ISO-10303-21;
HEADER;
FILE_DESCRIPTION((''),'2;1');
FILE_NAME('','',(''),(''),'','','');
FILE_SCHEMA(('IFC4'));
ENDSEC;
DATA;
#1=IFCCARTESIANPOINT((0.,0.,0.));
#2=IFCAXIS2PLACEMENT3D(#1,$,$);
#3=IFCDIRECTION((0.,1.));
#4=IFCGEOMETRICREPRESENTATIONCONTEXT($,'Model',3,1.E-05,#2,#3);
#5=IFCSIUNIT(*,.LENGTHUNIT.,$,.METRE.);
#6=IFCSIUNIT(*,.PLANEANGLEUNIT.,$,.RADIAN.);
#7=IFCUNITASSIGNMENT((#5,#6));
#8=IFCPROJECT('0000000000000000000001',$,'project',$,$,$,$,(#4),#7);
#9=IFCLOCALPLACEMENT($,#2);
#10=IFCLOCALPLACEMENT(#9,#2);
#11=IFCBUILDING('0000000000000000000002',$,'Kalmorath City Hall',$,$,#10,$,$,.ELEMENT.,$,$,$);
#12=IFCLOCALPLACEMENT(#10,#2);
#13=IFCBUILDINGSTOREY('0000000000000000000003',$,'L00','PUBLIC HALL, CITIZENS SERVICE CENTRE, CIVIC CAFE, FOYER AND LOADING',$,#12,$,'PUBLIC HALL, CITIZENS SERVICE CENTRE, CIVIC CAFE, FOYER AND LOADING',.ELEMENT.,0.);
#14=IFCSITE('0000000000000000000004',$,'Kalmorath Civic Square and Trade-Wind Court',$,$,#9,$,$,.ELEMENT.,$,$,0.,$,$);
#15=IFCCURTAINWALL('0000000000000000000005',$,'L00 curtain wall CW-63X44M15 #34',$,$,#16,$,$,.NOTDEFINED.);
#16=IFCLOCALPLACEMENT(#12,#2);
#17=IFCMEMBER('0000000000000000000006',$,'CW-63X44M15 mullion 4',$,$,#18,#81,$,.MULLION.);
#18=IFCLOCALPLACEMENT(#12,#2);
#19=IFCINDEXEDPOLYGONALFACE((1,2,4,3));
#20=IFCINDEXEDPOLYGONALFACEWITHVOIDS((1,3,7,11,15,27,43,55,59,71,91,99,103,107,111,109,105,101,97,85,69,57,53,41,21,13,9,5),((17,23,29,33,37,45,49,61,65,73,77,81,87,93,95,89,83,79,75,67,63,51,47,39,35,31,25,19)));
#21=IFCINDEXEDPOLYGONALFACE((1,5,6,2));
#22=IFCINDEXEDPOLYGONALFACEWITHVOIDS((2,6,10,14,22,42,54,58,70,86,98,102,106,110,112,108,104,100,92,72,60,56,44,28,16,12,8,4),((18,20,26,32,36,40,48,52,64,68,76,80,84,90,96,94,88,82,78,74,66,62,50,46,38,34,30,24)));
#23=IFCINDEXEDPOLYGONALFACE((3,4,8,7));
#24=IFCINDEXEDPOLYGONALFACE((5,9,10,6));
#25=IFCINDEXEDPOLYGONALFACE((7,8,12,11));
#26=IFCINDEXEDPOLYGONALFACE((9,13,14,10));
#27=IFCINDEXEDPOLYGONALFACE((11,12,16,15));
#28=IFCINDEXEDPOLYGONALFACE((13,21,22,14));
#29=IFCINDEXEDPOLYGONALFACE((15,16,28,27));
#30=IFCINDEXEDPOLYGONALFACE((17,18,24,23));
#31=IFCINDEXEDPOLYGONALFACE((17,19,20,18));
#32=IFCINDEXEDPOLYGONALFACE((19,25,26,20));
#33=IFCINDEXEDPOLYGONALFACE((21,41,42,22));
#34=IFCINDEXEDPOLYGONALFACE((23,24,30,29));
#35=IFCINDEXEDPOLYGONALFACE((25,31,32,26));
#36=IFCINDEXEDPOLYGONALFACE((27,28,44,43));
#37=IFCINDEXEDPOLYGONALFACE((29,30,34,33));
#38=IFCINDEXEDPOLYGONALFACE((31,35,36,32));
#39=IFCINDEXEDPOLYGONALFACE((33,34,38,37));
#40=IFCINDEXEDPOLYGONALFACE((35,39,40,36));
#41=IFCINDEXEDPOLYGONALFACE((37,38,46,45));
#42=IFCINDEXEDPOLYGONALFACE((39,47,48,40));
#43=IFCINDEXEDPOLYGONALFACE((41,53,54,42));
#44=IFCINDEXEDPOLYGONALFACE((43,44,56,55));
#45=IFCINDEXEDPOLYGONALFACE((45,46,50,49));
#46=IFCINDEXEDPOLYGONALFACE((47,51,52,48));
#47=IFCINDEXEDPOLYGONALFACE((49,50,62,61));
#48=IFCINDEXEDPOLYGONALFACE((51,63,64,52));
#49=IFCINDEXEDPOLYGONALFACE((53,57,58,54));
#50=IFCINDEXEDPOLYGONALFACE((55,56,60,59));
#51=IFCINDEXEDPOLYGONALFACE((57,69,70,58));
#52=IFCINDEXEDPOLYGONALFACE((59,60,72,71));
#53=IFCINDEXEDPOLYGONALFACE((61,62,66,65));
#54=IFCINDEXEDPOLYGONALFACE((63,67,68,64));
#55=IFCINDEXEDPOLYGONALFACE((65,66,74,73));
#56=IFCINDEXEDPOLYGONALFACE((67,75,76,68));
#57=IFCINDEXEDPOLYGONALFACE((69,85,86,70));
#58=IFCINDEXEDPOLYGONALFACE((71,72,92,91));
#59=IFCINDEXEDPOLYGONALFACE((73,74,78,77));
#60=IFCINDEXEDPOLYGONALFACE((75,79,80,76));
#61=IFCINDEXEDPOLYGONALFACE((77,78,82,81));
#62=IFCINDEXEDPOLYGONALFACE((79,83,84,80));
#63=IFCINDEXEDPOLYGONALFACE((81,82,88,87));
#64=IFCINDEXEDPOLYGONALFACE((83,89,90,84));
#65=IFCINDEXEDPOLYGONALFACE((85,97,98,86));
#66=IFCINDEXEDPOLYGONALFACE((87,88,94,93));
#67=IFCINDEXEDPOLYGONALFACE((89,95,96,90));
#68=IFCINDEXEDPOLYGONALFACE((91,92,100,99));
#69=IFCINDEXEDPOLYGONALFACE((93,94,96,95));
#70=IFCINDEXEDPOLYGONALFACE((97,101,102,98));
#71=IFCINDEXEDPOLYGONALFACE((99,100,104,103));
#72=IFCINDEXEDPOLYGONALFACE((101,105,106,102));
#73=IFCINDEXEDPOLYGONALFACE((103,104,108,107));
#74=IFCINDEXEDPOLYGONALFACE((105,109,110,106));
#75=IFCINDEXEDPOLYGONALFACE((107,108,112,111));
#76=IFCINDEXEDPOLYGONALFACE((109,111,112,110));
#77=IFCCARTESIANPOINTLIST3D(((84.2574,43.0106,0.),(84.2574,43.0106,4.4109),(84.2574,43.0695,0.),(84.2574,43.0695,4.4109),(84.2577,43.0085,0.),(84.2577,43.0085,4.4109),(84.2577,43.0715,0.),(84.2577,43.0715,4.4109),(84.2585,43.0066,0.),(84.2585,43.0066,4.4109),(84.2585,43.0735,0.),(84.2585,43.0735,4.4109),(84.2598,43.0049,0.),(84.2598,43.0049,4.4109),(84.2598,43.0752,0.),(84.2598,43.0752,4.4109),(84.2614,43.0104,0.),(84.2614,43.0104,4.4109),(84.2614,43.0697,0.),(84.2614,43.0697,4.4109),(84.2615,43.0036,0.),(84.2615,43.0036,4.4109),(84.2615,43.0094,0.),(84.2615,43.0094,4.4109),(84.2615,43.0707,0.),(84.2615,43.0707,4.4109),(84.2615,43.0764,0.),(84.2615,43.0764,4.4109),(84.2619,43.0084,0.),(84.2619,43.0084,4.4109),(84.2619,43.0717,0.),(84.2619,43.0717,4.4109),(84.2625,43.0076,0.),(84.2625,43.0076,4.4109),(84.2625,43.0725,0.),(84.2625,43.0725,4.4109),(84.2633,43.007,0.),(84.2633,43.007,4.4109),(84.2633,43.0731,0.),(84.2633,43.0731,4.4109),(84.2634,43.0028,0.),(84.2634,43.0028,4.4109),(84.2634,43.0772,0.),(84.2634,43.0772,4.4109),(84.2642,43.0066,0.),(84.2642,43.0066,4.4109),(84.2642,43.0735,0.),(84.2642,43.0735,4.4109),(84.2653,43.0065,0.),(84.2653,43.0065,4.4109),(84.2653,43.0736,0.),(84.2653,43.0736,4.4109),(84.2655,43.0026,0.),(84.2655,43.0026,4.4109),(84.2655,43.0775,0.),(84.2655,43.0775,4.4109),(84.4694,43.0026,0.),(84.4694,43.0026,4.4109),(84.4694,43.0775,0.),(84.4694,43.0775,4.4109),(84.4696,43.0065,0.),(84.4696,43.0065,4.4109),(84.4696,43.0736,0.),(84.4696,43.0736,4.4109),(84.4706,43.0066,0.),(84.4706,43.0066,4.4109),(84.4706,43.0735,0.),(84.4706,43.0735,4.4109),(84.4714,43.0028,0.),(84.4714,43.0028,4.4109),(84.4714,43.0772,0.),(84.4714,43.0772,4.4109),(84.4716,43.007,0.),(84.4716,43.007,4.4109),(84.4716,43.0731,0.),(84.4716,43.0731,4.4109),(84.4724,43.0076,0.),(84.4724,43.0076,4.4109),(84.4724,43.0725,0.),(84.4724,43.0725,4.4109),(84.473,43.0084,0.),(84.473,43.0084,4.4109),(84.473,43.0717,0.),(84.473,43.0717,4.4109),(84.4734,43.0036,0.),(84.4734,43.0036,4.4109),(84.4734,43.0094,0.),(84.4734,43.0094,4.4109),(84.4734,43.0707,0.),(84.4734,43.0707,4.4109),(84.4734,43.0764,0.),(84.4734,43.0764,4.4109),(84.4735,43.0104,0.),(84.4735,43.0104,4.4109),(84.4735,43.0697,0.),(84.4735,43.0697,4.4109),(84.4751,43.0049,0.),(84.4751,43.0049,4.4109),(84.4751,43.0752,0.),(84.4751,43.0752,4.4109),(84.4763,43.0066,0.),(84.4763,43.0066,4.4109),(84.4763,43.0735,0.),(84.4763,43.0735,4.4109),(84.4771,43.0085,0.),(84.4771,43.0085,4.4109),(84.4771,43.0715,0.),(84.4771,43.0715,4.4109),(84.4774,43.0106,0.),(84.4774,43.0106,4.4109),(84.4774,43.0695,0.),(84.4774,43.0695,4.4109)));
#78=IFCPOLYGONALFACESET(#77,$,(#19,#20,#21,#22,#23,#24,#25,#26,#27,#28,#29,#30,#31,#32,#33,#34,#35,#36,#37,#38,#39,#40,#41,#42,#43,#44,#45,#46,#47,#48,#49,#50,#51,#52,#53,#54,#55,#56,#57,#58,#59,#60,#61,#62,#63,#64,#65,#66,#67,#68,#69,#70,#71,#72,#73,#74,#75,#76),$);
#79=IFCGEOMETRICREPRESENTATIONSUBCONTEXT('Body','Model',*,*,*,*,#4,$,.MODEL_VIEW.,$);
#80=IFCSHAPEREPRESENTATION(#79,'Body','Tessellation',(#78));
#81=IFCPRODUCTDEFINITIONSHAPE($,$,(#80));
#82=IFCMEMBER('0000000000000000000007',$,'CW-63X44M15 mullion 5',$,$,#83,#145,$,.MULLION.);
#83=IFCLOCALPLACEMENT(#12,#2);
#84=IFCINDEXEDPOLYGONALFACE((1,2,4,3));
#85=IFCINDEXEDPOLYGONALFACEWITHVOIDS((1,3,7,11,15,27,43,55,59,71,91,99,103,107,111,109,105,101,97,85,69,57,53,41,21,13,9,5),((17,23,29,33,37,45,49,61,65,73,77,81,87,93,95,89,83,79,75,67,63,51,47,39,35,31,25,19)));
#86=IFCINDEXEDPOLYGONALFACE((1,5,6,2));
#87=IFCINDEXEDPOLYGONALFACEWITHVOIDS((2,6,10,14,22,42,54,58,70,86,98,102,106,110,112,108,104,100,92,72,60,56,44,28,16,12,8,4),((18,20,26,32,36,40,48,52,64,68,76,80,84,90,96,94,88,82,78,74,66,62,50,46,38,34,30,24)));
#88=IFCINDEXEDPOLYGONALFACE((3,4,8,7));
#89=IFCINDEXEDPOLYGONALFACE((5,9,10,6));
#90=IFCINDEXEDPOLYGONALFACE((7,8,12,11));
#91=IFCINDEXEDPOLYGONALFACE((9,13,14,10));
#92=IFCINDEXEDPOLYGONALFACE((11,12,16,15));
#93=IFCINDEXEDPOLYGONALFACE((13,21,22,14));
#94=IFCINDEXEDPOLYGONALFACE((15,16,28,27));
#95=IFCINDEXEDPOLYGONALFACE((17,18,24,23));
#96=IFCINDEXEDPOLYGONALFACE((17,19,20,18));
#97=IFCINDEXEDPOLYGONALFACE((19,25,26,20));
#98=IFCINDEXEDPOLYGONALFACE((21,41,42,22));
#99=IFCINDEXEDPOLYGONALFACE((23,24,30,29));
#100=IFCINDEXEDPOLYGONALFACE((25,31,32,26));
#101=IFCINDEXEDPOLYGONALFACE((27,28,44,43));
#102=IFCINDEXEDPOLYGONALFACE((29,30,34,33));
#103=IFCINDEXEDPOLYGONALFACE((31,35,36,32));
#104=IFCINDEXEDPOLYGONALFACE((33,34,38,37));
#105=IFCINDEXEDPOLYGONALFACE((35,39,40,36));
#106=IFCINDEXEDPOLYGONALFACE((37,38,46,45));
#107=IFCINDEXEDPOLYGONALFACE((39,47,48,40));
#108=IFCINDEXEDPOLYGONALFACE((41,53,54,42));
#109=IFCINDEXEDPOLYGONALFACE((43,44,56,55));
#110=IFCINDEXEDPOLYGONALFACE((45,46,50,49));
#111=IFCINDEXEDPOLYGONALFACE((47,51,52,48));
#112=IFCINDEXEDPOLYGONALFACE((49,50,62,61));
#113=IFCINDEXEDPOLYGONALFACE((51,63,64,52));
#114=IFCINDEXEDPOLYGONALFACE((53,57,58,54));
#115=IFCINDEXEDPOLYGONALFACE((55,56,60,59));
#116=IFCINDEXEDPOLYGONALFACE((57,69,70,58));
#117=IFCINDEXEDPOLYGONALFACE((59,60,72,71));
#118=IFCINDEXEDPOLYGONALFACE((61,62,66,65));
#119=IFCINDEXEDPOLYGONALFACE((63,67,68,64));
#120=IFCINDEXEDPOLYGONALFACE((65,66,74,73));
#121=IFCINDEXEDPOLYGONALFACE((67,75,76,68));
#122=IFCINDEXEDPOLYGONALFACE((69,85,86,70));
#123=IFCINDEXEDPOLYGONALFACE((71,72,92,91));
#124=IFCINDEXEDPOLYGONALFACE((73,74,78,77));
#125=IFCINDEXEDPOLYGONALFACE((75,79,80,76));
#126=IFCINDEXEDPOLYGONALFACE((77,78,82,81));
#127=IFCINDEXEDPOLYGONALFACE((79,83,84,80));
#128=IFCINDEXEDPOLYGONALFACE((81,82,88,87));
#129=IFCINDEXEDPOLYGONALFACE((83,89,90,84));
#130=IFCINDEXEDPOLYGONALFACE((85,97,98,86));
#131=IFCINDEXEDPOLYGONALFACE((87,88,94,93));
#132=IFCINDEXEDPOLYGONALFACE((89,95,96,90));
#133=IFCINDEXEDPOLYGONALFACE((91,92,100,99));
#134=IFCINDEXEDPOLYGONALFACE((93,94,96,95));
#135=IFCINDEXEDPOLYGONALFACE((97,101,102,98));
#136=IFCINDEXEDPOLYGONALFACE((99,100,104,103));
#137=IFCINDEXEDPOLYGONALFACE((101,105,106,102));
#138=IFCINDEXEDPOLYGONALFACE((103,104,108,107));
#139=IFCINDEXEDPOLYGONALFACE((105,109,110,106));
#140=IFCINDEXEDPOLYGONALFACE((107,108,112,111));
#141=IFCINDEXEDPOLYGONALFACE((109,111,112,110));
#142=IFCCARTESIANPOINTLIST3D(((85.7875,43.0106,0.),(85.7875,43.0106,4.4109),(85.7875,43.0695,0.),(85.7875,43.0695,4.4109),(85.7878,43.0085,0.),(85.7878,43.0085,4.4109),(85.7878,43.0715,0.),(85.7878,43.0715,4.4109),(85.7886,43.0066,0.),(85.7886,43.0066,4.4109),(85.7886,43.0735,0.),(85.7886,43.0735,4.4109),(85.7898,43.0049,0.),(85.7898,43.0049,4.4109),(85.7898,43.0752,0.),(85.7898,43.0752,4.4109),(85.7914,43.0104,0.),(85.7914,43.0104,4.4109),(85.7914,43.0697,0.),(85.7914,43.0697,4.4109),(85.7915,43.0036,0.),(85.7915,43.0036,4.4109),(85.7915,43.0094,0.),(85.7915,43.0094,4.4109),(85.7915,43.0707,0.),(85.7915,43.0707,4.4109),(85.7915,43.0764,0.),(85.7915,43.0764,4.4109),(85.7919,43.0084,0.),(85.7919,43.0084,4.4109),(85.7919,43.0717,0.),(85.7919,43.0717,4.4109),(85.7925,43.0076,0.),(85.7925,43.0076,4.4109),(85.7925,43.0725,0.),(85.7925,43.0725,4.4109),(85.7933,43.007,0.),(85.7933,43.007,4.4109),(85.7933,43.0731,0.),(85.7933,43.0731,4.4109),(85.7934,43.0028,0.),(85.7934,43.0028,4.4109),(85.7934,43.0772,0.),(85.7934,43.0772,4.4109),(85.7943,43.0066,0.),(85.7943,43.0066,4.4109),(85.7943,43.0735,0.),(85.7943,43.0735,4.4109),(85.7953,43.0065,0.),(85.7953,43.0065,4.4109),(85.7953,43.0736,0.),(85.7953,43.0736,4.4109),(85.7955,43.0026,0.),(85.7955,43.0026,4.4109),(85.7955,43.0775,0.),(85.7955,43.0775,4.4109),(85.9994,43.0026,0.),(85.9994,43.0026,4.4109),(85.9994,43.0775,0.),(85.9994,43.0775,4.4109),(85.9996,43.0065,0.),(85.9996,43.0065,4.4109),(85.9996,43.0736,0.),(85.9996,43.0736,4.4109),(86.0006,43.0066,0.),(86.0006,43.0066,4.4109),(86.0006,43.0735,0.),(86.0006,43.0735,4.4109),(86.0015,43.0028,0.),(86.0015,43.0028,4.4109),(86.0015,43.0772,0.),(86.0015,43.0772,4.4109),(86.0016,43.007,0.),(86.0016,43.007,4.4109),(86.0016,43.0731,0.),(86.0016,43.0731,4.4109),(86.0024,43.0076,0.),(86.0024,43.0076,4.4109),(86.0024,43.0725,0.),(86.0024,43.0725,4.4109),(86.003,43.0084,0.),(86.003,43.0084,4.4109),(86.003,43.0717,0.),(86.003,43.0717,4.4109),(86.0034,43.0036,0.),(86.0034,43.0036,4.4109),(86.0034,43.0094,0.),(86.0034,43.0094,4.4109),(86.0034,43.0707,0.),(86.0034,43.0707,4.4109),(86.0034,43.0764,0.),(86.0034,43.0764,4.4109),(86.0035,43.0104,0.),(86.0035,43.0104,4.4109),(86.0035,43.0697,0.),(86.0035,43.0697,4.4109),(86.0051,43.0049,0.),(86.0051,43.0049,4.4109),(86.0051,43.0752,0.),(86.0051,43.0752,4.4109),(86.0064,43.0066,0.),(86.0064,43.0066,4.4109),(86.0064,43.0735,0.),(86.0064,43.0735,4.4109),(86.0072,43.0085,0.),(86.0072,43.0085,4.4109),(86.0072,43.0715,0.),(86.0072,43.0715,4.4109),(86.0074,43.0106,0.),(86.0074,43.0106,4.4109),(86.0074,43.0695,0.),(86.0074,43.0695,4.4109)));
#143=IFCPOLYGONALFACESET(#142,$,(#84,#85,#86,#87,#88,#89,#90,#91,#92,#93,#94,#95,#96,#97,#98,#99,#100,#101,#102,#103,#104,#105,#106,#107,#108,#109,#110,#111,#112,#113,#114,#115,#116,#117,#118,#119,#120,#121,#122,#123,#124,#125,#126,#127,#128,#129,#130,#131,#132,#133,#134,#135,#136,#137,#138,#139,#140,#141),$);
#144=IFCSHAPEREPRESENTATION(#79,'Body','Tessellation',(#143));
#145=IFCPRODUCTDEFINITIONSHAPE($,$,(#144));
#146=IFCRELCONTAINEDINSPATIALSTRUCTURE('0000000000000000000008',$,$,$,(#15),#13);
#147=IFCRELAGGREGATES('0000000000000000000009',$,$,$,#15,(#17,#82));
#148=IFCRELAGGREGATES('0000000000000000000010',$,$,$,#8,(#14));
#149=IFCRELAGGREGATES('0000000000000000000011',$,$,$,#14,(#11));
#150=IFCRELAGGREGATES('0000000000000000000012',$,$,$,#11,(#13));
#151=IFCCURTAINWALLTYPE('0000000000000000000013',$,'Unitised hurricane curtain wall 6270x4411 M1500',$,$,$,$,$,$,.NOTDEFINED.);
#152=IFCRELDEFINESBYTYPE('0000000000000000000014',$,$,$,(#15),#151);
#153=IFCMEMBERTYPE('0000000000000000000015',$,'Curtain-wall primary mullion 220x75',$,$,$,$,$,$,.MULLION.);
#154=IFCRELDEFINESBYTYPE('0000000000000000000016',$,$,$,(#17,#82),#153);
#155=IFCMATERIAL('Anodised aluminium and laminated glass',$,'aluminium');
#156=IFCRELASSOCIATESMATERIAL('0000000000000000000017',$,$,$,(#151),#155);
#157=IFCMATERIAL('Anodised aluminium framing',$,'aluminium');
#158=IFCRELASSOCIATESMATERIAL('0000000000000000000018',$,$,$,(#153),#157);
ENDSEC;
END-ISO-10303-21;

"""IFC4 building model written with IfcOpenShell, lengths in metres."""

from ifc_helpers import new_model, si_unit, direction, frame, origin, origin_2d, place, context, subcontext, project, spatial, hollow_rectangle, extrude, material, material_profile, profile_set, type_object, element, aggregate, save


model = new_model("IFC4")

# Units and contexts
model_context = context("Model", 3, precision=1e-05, world=origin(), true_north=direction((0.0, 1.0)))
body_context = subcontext(model_context, "Body", "Model", "MODEL_VIEW")
ifc_project = project(units=[si_unit("LENGTHUNIT", "METRE"), si_unit("PLANEANGLEUNIT", "RADIAN")], contexts=[model_context])

# Site, building, storey
site_placement = place(None, origin())
site = spatial("IfcSite", under=ifc_project, at=site_placement, Name="Kalmorath Civic Square and Trade-Wind Court", CompositionType="ELEMENT", RefElevation=0.0)
building_placement = place(site_placement, origin())
building = spatial("IfcBuilding", under=site, at=building_placement, Name="Kalmorath City Hall", CompositionType="ELEMENT")
storey_placement = place(building_placement, origin())
storey = spatial("IfcBuildingStorey", under=building, at=storey_placement, Name="L00", Description="PUBLIC HALL, CITIZENS SERVICE CENTRE, CIVIC CAFE, FOYER AND LOADING", LongName="PUBLIC HALL, CITIZENS SERVICE CENTRE, CIVIC CAFE, FOYER AND LOADING", CompositionType="ELEMENT", Elevation=0.0)

# Curtain wall, members
ifc_material_1 = material(Name="Anodised aluminium and laminated glass", Category="aluminium")
curtain_wall_type = type_object("IfcCurtainWallType", Name="Unitised hurricane curtain wall 6270x4411 M1500", PredefinedType="NOTDEFINED", material=ifc_material_1)
curtain_wall_placement = place(storey_placement, origin())
curtain_wall = element("IfcCurtainWall", 1, at=curtain_wall_placement, inside=storey, type_object=curtain_wall_type, Name="L00 curtain wall CW-63X44M15 #34", PredefinedType="NOTDEFINED")
ifc_material_2 = material(Name="Anodised aluminium framing", Category="aluminium")
ifc_material_profile_1 = material_profile(ifc_material_2, hollow_rectangle(XDim=0.075, YDim=0.22, WallThickness=0.0039, InnerFilletRadius=0.0039, OuterFilletRadius=0.0081, at=origin_2d()), Name="ALU-MUL-220X75X4")
ifc_profile_set_1 = profile_set([ifc_material_profile_1], Name="Anodised aluminium framing")
member_type_1 = type_object("IfcMemberType", Name="Curtain-wall primary mullion 220x75", PredefinedType="MULLION", material=ifc_profile_set_1)
member_1_placement = place(storey_placement, frame((84.3674, 43.04, 0.0), z_axis=(0.0, 0.0, 1.0), x_axis=(0.0, 1.0, 0.0)))
member_1 = element("IfcMember", 2, at=member_1_placement, type_object=member_type_1, Name="CW-63X44M15 mullion 4", PredefinedType="MULLION", context=body_context, shape_type="SweptSolid", body=[
    extrude(hollow_rectangle(XDim=0.075, YDim=0.22, WallThickness=0.0039, InnerFilletRadius=0.0039, OuterFilletRadius=0.0081, at=origin_2d()), origin(), (0.0, 0.0, 1.0), 4.4109),
])
member_2_placement = place(storey_placement, frame((85.8975, 43.04, 0.0), z_axis=(0.0, 0.0, 1.0), x_axis=(0.0, 1.0, 0.0)))
member_2 = element("IfcMember", 3, at=member_2_placement, type_object=member_type_1, Name="CW-63X44M15 mullion 5", PredefinedType="MULLION", context=body_context, shape_type="SweptSolid", body=[
    extrude(hollow_rectangle(XDim=0.075, YDim=0.22, WallThickness=0.0039, InnerFilletRadius=0.0039, OuterFilletRadius=0.0081, at=origin_2d()), origin(), (0.0, 0.0, 1.0), 4.4109),
])
aggregate(curtain_wall, [member_1, member_2])

save(model, "model.ifc")
